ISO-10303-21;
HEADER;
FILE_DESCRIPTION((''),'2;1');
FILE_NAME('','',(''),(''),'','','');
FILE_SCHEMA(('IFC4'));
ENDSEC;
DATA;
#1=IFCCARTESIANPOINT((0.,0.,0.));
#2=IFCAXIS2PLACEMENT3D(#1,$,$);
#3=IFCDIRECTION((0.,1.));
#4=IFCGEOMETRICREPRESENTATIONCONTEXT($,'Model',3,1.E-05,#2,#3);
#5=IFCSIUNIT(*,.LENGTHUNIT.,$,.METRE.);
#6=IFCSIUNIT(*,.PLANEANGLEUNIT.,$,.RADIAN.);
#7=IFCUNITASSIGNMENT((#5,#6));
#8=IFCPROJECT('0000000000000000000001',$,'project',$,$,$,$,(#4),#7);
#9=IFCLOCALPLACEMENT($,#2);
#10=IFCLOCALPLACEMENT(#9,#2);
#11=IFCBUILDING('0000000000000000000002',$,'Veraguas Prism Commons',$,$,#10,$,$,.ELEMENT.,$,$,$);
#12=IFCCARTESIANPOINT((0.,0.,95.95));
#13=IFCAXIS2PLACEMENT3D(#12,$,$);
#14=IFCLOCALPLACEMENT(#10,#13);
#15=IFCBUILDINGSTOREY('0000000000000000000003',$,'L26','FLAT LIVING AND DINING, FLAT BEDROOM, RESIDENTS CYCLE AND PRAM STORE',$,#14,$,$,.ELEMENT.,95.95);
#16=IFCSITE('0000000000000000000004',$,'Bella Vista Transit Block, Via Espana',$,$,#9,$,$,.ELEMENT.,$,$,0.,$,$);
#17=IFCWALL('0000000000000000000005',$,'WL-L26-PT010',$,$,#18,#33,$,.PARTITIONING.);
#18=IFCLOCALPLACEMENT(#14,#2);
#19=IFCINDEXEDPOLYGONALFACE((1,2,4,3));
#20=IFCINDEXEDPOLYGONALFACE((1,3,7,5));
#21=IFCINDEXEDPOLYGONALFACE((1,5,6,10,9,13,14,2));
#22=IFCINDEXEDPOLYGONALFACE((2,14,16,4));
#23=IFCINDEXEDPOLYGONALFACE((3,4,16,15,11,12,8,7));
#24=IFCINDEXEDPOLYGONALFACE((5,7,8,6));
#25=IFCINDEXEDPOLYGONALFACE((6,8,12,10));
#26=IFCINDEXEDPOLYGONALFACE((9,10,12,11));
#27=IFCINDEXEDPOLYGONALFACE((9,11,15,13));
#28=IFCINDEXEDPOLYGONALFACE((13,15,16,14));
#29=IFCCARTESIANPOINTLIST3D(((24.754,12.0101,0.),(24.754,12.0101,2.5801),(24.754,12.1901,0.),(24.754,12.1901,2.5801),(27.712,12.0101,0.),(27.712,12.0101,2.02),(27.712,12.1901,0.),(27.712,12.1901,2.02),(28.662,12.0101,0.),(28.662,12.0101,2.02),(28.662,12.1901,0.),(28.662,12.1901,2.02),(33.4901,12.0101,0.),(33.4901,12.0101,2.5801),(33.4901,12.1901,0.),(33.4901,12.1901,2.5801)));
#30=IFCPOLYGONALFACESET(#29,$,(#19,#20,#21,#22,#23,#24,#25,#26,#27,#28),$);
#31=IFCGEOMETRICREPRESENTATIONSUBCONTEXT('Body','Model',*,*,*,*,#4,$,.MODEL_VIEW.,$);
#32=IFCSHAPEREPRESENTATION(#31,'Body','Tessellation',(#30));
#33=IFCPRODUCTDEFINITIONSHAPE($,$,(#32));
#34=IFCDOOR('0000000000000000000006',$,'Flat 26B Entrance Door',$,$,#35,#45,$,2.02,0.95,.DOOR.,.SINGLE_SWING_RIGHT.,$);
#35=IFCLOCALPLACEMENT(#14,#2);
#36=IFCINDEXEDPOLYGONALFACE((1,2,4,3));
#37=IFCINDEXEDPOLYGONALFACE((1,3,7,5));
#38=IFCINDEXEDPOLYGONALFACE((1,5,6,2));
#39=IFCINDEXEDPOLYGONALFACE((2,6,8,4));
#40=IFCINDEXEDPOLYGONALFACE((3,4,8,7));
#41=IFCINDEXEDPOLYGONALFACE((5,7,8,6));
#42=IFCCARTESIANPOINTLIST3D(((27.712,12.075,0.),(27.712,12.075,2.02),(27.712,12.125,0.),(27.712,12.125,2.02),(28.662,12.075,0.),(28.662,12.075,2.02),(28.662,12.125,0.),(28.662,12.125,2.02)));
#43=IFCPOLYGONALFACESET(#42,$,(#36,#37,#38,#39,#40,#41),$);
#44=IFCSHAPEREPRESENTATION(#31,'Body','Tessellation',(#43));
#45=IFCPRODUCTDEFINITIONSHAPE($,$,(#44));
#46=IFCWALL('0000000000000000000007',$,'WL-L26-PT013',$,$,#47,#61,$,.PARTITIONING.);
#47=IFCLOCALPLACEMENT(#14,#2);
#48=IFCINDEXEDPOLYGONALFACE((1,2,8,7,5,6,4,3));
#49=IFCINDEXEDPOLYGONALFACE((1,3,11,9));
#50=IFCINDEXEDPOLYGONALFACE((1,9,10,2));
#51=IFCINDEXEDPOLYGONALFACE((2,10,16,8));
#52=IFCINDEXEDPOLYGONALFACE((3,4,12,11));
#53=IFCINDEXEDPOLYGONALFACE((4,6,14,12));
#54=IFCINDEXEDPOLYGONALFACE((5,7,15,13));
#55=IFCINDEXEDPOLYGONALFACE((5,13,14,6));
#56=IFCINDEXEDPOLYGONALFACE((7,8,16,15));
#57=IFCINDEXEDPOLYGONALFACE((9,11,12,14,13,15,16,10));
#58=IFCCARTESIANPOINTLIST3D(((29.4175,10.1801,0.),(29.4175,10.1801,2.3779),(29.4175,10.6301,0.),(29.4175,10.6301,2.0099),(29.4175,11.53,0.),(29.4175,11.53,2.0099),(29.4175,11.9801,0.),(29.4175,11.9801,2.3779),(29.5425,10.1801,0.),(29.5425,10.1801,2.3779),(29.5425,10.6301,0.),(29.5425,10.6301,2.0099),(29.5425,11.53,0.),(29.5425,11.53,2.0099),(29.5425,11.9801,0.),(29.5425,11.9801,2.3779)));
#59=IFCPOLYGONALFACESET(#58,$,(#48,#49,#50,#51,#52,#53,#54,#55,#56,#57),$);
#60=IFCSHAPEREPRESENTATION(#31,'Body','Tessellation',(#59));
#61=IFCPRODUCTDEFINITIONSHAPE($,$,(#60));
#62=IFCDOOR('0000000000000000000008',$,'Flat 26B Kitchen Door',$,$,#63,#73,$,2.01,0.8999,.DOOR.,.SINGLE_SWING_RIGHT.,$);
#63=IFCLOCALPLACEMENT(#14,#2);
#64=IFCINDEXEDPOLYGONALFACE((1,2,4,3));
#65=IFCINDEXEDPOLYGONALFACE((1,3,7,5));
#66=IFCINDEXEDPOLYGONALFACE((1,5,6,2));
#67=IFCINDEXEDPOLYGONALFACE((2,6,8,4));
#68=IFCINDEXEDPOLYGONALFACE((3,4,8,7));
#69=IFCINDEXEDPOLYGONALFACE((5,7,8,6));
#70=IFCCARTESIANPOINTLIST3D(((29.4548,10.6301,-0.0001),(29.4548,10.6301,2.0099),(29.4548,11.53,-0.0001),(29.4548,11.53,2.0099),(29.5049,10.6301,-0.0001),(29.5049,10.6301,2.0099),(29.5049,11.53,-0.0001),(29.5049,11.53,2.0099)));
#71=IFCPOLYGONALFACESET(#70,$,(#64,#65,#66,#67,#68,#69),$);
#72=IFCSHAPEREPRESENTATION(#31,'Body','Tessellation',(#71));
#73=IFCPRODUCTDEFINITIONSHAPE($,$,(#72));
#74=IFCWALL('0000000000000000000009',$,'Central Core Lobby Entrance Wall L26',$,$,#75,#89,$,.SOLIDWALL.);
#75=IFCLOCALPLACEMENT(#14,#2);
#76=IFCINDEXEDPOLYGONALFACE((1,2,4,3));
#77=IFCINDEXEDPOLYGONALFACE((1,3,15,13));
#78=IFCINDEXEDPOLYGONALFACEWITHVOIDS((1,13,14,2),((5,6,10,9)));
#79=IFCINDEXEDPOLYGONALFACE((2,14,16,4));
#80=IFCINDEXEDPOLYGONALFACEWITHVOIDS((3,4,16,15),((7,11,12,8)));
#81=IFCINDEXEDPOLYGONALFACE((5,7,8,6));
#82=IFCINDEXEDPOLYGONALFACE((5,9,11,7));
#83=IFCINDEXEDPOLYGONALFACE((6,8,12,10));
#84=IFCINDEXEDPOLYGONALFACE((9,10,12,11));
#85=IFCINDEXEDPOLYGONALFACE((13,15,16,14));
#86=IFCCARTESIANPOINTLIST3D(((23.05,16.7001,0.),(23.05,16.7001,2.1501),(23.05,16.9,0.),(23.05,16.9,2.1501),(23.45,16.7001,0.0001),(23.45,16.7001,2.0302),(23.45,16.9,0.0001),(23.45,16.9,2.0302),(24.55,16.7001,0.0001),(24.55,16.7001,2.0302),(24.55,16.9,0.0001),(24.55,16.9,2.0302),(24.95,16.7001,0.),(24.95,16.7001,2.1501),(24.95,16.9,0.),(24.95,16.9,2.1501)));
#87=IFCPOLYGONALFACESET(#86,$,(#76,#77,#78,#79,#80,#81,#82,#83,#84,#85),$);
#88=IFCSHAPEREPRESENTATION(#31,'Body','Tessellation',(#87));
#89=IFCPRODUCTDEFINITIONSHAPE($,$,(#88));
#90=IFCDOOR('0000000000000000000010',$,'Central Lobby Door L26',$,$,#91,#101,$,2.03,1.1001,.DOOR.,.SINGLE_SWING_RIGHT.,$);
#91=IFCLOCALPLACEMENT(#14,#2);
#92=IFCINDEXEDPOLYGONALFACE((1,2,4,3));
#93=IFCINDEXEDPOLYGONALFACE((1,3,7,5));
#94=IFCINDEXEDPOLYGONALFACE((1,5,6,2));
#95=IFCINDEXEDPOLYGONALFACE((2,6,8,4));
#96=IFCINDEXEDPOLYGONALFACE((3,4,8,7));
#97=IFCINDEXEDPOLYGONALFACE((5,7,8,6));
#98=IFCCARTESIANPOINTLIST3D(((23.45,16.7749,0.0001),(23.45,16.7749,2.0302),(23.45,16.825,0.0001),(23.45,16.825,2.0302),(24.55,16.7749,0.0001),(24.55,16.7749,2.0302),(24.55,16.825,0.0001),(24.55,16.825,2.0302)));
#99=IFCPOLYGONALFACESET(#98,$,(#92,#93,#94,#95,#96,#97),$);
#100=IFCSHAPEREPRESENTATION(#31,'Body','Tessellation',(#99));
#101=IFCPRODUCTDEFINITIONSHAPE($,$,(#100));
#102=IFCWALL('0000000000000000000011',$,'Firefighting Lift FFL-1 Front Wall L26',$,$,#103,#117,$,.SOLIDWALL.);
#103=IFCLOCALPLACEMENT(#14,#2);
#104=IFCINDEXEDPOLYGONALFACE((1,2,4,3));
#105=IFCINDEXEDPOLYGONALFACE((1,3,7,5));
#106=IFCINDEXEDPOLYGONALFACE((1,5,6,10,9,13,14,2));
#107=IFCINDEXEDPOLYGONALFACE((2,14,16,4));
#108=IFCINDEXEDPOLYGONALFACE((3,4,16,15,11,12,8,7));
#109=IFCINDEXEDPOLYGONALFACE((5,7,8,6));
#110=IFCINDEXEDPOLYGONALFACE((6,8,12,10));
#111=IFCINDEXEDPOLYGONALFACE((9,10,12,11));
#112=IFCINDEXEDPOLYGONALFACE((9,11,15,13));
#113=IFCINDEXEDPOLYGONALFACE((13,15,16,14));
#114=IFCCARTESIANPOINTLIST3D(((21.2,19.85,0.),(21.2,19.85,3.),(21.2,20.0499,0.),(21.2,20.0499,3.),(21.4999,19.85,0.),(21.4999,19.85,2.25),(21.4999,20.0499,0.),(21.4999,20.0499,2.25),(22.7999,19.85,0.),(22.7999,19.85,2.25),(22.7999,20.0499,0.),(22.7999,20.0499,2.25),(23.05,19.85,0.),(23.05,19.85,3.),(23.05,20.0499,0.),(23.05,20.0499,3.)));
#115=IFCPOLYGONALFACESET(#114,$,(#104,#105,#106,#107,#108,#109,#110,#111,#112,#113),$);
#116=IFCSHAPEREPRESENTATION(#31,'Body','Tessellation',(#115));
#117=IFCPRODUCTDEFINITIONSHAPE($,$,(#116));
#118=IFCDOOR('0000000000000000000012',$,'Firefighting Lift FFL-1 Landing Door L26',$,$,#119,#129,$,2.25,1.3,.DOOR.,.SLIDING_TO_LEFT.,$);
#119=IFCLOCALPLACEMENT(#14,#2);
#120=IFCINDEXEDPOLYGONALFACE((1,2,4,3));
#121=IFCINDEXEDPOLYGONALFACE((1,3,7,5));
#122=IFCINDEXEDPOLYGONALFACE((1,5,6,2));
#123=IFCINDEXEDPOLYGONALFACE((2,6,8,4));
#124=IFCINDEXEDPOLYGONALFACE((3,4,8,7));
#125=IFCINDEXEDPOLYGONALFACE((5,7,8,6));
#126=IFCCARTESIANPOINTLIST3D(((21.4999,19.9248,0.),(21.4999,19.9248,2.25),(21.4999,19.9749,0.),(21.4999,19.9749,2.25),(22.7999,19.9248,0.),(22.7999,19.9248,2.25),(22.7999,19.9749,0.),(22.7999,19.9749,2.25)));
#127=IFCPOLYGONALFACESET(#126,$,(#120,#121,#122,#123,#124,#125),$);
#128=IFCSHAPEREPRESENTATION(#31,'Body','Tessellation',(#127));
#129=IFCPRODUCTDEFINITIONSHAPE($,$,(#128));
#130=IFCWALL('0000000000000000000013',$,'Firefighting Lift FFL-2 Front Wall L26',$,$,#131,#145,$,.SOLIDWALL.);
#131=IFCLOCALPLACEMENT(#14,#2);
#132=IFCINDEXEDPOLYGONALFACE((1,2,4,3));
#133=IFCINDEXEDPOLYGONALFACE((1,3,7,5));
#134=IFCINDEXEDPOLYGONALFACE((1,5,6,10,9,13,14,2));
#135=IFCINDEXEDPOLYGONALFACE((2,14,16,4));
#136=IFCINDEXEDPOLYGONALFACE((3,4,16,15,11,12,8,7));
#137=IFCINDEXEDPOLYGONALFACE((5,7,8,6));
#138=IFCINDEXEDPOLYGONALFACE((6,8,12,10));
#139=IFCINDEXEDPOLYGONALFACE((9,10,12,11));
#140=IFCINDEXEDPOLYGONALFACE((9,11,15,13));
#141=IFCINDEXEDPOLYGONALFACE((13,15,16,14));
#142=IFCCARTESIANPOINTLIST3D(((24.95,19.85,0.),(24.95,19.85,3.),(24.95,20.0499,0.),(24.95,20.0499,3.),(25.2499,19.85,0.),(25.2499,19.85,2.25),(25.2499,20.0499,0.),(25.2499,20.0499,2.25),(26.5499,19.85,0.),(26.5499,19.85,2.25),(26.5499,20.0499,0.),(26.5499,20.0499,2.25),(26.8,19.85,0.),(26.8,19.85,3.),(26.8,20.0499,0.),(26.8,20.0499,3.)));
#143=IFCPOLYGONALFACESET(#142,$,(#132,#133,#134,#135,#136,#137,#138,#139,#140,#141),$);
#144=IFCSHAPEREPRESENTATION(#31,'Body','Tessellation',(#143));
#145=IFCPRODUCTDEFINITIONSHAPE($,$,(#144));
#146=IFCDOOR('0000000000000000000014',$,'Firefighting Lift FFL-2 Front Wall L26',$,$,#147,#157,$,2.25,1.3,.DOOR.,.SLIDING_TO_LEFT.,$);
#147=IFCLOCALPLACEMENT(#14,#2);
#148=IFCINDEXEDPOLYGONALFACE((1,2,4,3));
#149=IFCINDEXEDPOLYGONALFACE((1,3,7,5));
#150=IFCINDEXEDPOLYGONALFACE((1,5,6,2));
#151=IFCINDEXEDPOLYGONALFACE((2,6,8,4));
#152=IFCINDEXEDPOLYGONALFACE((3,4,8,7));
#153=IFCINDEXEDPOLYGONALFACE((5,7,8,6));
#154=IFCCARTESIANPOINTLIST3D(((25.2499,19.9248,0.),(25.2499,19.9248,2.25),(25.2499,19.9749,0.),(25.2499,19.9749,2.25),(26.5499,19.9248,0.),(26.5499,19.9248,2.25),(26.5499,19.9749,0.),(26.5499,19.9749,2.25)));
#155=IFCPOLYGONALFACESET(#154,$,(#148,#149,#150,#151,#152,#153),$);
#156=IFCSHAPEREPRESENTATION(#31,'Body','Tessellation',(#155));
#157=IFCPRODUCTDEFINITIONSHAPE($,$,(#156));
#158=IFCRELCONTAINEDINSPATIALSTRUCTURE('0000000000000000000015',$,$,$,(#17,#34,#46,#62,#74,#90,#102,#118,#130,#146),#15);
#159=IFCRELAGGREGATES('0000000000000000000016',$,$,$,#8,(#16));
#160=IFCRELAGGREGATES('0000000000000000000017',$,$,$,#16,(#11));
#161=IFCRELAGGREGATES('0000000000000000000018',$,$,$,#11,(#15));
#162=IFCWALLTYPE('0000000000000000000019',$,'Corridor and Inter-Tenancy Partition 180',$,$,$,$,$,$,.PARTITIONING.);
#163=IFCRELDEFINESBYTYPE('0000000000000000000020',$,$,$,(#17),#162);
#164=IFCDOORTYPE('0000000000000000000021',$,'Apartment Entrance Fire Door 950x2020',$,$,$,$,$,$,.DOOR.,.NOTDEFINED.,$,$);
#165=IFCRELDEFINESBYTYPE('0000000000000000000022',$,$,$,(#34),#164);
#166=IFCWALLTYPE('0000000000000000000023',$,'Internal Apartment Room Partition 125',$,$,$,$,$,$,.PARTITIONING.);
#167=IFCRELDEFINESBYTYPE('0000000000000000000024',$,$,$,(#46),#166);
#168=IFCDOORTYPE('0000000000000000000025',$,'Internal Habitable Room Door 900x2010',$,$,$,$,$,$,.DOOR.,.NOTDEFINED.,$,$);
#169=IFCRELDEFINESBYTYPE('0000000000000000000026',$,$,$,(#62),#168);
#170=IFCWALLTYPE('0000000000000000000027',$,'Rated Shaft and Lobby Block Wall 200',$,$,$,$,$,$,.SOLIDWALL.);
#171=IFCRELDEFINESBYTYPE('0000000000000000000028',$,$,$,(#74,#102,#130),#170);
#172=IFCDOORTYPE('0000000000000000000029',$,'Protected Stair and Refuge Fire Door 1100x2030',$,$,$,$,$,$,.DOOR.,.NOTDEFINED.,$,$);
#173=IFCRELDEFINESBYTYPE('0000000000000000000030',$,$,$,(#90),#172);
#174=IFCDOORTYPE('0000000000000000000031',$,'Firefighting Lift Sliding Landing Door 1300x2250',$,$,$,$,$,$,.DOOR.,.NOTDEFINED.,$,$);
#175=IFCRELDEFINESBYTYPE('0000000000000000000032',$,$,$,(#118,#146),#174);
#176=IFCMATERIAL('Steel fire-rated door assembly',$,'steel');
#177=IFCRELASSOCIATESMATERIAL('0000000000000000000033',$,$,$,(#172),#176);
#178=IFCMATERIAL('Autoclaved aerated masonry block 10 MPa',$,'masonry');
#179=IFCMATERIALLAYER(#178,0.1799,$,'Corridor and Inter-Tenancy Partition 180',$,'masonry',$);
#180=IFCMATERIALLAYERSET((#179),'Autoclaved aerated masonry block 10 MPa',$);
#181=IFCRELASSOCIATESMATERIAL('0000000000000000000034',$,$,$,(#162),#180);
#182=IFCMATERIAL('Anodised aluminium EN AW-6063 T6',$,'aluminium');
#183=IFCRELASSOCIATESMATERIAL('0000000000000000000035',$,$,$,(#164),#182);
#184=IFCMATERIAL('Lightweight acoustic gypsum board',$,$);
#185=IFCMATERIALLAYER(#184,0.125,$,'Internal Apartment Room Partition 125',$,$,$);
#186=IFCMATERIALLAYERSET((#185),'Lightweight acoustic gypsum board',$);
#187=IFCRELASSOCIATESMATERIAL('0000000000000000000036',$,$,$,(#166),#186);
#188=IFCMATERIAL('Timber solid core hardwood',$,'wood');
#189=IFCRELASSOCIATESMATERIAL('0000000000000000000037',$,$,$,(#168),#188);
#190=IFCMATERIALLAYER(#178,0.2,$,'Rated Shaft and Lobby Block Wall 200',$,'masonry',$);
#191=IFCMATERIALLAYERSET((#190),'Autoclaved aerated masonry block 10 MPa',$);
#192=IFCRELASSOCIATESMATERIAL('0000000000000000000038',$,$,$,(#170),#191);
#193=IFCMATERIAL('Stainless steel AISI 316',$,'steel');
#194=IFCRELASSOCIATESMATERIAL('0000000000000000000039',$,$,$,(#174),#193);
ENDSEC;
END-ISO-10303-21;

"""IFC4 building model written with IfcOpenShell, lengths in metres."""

from ifc_helpers import new_model, si_unit, direction, frame, frame_2d, origin, place, context, subcontext, project, spatial, rectangle, extrude, source, transform, mapped, material, layer, layer_set, type_object, element, fill, save


model = new_model("IFC4")

# Units and contexts
model_context = context("Model", 3, precision=1e-05, world=origin(), true_north=direction((0.0, 1.0)))
body_context = subcontext(model_context, "Body", "Model", "MODEL_VIEW")
ifc_project = project(units=[si_unit("LENGTHUNIT", "METRE"), si_unit("PLANEANGLEUNIT", "RADIAN")], contexts=[model_context])

# Site, building, storey
site_placement = place(None, origin())
site = spatial("IfcSite", under=ifc_project, at=site_placement, Name="Bella Vista Transit Block, Via Espana", CompositionType="ELEMENT", RefElevation=0.0)
building_placement = place(site_placement, origin())
building = spatial("IfcBuilding", under=site, at=building_placement, Name="Veraguas Prism Commons", CompositionType="ELEMENT")
storey_placement = place(building_placement, frame((0.0, 0.0, 95.95)))
storey = spatial("IfcBuildingStorey", under=building, at=storey_placement, Name="L26", Description="FLAT LIVING AND DINING, FLAT BEDROOM, RESIDENTS CYCLE AND PRAM STORE", CompositionType="ELEMENT", Elevation=95.95)

# Shared definitions
ifc_material_1 = material(Name="Steel fire-rated door assembly", Category="steel")
door_type_1 = type_object("IfcDoorType", Name="Protected Stair and Refuge Fire Door 1100x2030", OperationType="NOTDEFINED", PredefinedType="DOOR", material=ifc_material_1)
shared_shape_1 = source(origin(), body_context, "Body", "SweptSolid", [
    extrude(rectangle(XDim=1.1001, YDim=2.03, at=frame_2d((0.55, 1.0151))), frame((0.0, 0.0249, 0.0), z_axis=(0.0, -1.0, 0.0), x_axis=(1.0, 0.0, 0.0)), (0.0, 0.0, 1.0), 0.05),
])

# Shared definitions
ifc_material_2 = material(Name="Autoclaved aerated masonry block 10 MPa", Category="masonry")
ifc_layer_1 = layer(ifc_material_2, 0.1799, Name="Corridor and Inter-Tenancy Partition 180", Category="masonry")
ifc_layer_set_1 = layer_set([ifc_layer_1], Name="Autoclaved aerated masonry block 10 MPa")
wall_type_1 = type_object("IfcWallType", Name="Corridor and Inter-Tenancy Partition 180", PredefinedType="PARTITIONING", material=ifc_layer_set_1)

# Walls, openings, doors
wall_1_placement = place(storey_placement, frame((24.7539, 12.1001, 0.0), z_axis=(0.0, 0.0, 1.0), x_axis=(1.0, 0.0, 0.0)))
wall_1 = element("IfcWall", 1, at=wall_1_placement, inside=storey, type_object=wall_type_1, Name="WL-L26-PT010", PredefinedType="PARTITIONING", context=body_context, shape_type="SweptSolid", body=[
    extrude(rectangle(XDim=8.7361, YDim=0.1799, at=frame_2d((4.3682, 0.0))), origin(), (0.0, 0.0, 1.0), 2.5801),
])
opening_1_placement = place(wall_1_placement, frame((2.958, 0.0, 0.0)))
opening_1 = element("IfcOpeningElement", 2, at=opening_1_placement, cuts=wall_1, PredefinedType="OPENING", context=body_context, shape_type="SweptSolid", body=[
    extrude(rectangle(XDim=0.95, YDim=2.02, at=frame_2d((0.4751, 1.01))), frame((0.0, 0.0999, 0.0), z_axis=(0.0, -1.0, 0.0), x_axis=(1.0, 0.0, 0.0)), (0.0, 0.0, 1.0), 0.2),
])
ifc_material_3 = material(Name="Anodised aluminium EN AW-6063 T6", Category="aluminium")
door_type_2 = type_object("IfcDoorType", Name="Apartment Entrance Fire Door 950x2020", OperationType="NOTDEFINED", PredefinedType="DOOR", material=ifc_material_3)
shared_shape_2 = source(origin(), body_context, "Body", "SweptSolid", [
    extrude(rectangle(XDim=0.95, YDim=2.02, at=frame_2d((0.4751, 1.01))), frame((0.0, 0.0249, 0.0), z_axis=(0.0, -1.0, 0.0), x_axis=(1.0, 0.0, 0.0)), (0.0, 0.0, 1.0), 0.05),
])
door_1_placement = place(opening_1_placement, origin())
door_1 = element("IfcDoor", 3, at=door_1_placement, inside=storey, type_object=door_type_2, Name="Flat 26B Entrance Door", OperationType="SINGLE_SWING_RIGHT", OverallHeight=2.02, OverallWidth=0.95, PredefinedType="DOOR", context=body_context, shape_type="MappedRepresentation", body=[
    mapped(shared_shape_2, transform((0.0, 0.0, 0.0), scale=1.0)),
])
fill(opening_1, door_1)
ifc_material_4 = material(Name="Lightweight acoustic gypsum board")
ifc_layer_2 = layer(ifc_material_4, 0.125, Name="Internal Apartment Room Partition 125")
ifc_layer_set_2 = layer_set([ifc_layer_2], Name="Lightweight acoustic gypsum board")
wall_type_2 = type_object("IfcWallType", Name="Internal Apartment Room Partition 125", PredefinedType="PARTITIONING", material=ifc_layer_set_2)
wall_2_placement = place(storey_placement, frame((29.48, 11.98, 0.0), z_axis=(0.0, 0.0, 1.0), x_axis=(0.0, -1.0, 0.0)))
wall_2 = element("IfcWall", 4, at=wall_2_placement, inside=storey, type_object=wall_type_2, Name="WL-L26-PT013", PredefinedType="PARTITIONING", context=body_context, shape_type="SweptSolid", body=[
    extrude(rectangle(XDim=1.8, YDim=0.125, at=frame_2d((0.8999, 0.0))), origin(), (0.0, 0.0, 1.0), 2.3779),
])
opening_2_placement = place(wall_2_placement, frame((0.45, 0.0, 0.0)))
opening_2 = element("IfcOpeningElement", 5, at=opening_2_placement, cuts=wall_2, PredefinedType="OPENING", context=body_context, shape_type="SweptSolid", body=[
    extrude(rectangle(XDim=0.8999, YDim=2.01, at=frame_2d((0.45, 1.0049))), frame((0.0, 0.0725, 0.0), z_axis=(0.0, -1.0, 0.0), x_axis=(1.0, 0.0, 0.0)), (0.0, 0.0, 1.0), 0.145),
])
ifc_material_5 = material(Name="Timber solid core hardwood", Category="wood")
door_type_3 = type_object("IfcDoorType", Name="Internal Habitable Room Door 900x2010", OperationType="NOTDEFINED", PredefinedType="DOOR", material=ifc_material_5)
shared_shape_3 = source(origin(), body_context, "Body", "SweptSolid", [
    extrude(rectangle(XDim=0.8999, YDim=2.01, at=frame_2d((0.45, 1.0049))), frame((0.0, 0.0249, 0.0), z_axis=(0.0, -1.0, 0.0), x_axis=(1.0, 0.0, 0.0)), (0.0, 0.0, 1.0), 0.05),
])
door_2_placement = place(opening_2_placement, origin())
door_2 = element("IfcDoor", 6, at=door_2_placement, inside=storey, type_object=door_type_3, Name="Flat 26B Kitchen Door", OperationType="SINGLE_SWING_RIGHT", OverallHeight=2.01, OverallWidth=0.8999, PredefinedType="DOOR", context=body_context, shape_type="MappedRepresentation", body=[
    mapped(shared_shape_3, transform((0.0, 0.0, 0.0), scale=1.0)),
])
fill(opening_2, door_2)
ifc_layer_3 = layer(ifc_material_2, 0.2, Name="Rated Shaft and Lobby Block Wall 200", Category="masonry")
ifc_layer_set_3 = layer_set([ifc_layer_3], Name="Autoclaved aerated masonry block 10 MPa")
wall_type_3 = type_object("IfcWallType", Name="Rated Shaft and Lobby Block Wall 200", PredefinedType="SOLIDWALL", material=ifc_layer_set_3)
wall_3_placement = place(storey_placement, frame((23.05, 16.8, 0.0), z_axis=(0.0, 0.0, 1.0), x_axis=(1.0, 0.0, 0.0)))
wall_3 = element("IfcWall", 7, at=wall_3_placement, inside=storey, type_object=wall_type_3, Name="Central Core Lobby Entrance Wall L26", PredefinedType="SOLIDWALL", context=body_context, shape_type="SweptSolid", body=[
    extrude(rectangle(XDim=1.8999, YDim=0.2, at=frame_2d((0.95, 0.0))), origin(), (0.0, 0.0, 1.0), 2.1501),
])
opening_3_placement = place(wall_3_placement, frame((0.3999, 0.0, 0.0)))
opening_3 = element("IfcOpeningElement", 8, at=opening_3_placement, cuts=wall_3, PredefinedType="OPENING", context=body_context, shape_type="SweptSolid", body=[
    extrude(rectangle(XDim=1.1001, YDim=2.03, at=frame_2d((0.55, 1.0151))), frame((0.0, 0.1099, 0.0), z_axis=(0.0, -1.0, 0.0), x_axis=(1.0, 0.0, 0.0)), (0.0, 0.0, 1.0), 0.22),
])
door_3_placement = place(opening_3_placement, origin())
door_3 = element("IfcDoor", 9, at=door_3_placement, inside=storey, type_object=door_type_1, Name="Central Lobby Door L26", OperationType="SINGLE_SWING_RIGHT", OverallHeight=2.03, OverallWidth=1.1001, PredefinedType="DOOR", context=body_context, shape_type="MappedRepresentation", body=[
    mapped(shared_shape_1, transform((0.0, 0.0, 0.0), scale=1.0)),
])
fill(opening_3, door_3)
wall_4_placement = place(storey_placement, frame((21.2, 19.95, 0.0), z_axis=(0.0, 0.0, 1.0), x_axis=(1.0, 0.0, 0.0)))
wall_4 = element("IfcWall", 10, at=wall_4_placement, inside=storey, type_object=wall_type_3, Name="Firefighting Lift FFL-1 Front Wall L26", PredefinedType="SOLIDWALL", context=body_context, shape_type="SweptSolid", body=[
    extrude(rectangle(XDim=1.8501, YDim=0.2, at=frame_2d((0.925, 0.0))), origin(), (0.0, 0.0, 1.0), 3.0),
])
opening_4_placement = place(wall_4_placement, frame((0.3, 0.0, 0.0)))
opening_4 = element("IfcOpeningElement", 11, at=opening_4_placement, cuts=wall_4, PredefinedType="OPENING", context=body_context, shape_type="SweptSolid", body=[
    extrude(rectangle(XDim=1.3, YDim=2.25, at=frame_2d((0.6499, 1.125))), frame((0.0, 0.1099, 0.0), z_axis=(0.0, -1.0, 0.0), x_axis=(1.0, 0.0, 0.0)), (0.0, 0.0, 1.0), 0.22),
])
ifc_material_6 = material(Name="Stainless steel AISI 316", Category="steel")
door_type_4 = type_object("IfcDoorType", Name="Firefighting Lift Sliding Landing Door 1300x2250", OperationType="NOTDEFINED", PredefinedType="DOOR", material=ifc_material_6)
shared_shape_4 = source(origin(), body_context, "Body", "SweptSolid", [
    extrude(rectangle(XDim=1.3, YDim=2.25, at=frame_2d((0.6499, 1.125))), frame((0.0, 0.0249, 0.0), z_axis=(0.0, -1.0, 0.0), x_axis=(1.0, 0.0, 0.0)), (0.0, 0.0, 1.0), 0.05),
])
door_4_placement = place(opening_4_placement, origin())
door_4 = element("IfcDoor", 12, at=door_4_placement, inside=storey, type_object=door_type_4, Name="Firefighting Lift FFL-1 Landing Door L26", OperationType="SLIDING_TO_LEFT", OverallHeight=2.25, OverallWidth=1.3, PredefinedType="DOOR", context=body_context, shape_type="MappedRepresentation", body=[
    mapped(shared_shape_4, transform((0.0, 0.0, 0.0), scale=1.0)),
])
fill(opening_4, door_4)
wall_5_placement = place(storey_placement, frame((24.95, 19.95, 0.0), z_axis=(0.0, 0.0, 1.0), x_axis=(1.0, 0.0, 0.0)))
wall_5 = element("IfcWall", 13, at=wall_5_placement, inside=storey, type_object=wall_type_3, Name="Firefighting Lift FFL-2 Front Wall L26", PredefinedType="SOLIDWALL", context=body_context, shape_type="SweptSolid", body=[
    extrude(rectangle(XDim=1.8501, YDim=0.2, at=frame_2d((0.925, 0.0))), origin(), (0.0, 0.0, 1.0), 3.0),
])
opening_5_placement = place(wall_5_placement, frame((0.3, 0.0, 0.0)))
opening_5 = element("IfcOpeningElement", 14, at=opening_5_placement, cuts=wall_5, PredefinedType="OPENING", context=body_context, shape_type="SweptSolid", body=[
    extrude(rectangle(XDim=1.3, YDim=2.25, at=frame_2d((0.6499, 1.125))), frame((0.0, 0.1099, 0.0), z_axis=(0.0, -1.0, 0.0), x_axis=(1.0, 0.0, 0.0)), (0.0, 0.0, 1.0), 0.22),
])
door_5_placement = place(opening_5_placement, origin())
door_5 = element("IfcDoor", 15, at=door_5_placement, inside=storey, type_object=door_type_4, Name="Firefighting Lift FFL-2 Front Wall L26", OperationType="SLIDING_TO_LEFT", OverallHeight=2.25, OverallWidth=1.3, PredefinedType="DOOR", context=body_context, shape_type="MappedRepresentation", body=[
    mapped(shared_shape_4, transform((0.0, 0.0, 0.0), scale=1.0)),
])
fill(opening_5, door_5)

save(model, "model.ifc")
